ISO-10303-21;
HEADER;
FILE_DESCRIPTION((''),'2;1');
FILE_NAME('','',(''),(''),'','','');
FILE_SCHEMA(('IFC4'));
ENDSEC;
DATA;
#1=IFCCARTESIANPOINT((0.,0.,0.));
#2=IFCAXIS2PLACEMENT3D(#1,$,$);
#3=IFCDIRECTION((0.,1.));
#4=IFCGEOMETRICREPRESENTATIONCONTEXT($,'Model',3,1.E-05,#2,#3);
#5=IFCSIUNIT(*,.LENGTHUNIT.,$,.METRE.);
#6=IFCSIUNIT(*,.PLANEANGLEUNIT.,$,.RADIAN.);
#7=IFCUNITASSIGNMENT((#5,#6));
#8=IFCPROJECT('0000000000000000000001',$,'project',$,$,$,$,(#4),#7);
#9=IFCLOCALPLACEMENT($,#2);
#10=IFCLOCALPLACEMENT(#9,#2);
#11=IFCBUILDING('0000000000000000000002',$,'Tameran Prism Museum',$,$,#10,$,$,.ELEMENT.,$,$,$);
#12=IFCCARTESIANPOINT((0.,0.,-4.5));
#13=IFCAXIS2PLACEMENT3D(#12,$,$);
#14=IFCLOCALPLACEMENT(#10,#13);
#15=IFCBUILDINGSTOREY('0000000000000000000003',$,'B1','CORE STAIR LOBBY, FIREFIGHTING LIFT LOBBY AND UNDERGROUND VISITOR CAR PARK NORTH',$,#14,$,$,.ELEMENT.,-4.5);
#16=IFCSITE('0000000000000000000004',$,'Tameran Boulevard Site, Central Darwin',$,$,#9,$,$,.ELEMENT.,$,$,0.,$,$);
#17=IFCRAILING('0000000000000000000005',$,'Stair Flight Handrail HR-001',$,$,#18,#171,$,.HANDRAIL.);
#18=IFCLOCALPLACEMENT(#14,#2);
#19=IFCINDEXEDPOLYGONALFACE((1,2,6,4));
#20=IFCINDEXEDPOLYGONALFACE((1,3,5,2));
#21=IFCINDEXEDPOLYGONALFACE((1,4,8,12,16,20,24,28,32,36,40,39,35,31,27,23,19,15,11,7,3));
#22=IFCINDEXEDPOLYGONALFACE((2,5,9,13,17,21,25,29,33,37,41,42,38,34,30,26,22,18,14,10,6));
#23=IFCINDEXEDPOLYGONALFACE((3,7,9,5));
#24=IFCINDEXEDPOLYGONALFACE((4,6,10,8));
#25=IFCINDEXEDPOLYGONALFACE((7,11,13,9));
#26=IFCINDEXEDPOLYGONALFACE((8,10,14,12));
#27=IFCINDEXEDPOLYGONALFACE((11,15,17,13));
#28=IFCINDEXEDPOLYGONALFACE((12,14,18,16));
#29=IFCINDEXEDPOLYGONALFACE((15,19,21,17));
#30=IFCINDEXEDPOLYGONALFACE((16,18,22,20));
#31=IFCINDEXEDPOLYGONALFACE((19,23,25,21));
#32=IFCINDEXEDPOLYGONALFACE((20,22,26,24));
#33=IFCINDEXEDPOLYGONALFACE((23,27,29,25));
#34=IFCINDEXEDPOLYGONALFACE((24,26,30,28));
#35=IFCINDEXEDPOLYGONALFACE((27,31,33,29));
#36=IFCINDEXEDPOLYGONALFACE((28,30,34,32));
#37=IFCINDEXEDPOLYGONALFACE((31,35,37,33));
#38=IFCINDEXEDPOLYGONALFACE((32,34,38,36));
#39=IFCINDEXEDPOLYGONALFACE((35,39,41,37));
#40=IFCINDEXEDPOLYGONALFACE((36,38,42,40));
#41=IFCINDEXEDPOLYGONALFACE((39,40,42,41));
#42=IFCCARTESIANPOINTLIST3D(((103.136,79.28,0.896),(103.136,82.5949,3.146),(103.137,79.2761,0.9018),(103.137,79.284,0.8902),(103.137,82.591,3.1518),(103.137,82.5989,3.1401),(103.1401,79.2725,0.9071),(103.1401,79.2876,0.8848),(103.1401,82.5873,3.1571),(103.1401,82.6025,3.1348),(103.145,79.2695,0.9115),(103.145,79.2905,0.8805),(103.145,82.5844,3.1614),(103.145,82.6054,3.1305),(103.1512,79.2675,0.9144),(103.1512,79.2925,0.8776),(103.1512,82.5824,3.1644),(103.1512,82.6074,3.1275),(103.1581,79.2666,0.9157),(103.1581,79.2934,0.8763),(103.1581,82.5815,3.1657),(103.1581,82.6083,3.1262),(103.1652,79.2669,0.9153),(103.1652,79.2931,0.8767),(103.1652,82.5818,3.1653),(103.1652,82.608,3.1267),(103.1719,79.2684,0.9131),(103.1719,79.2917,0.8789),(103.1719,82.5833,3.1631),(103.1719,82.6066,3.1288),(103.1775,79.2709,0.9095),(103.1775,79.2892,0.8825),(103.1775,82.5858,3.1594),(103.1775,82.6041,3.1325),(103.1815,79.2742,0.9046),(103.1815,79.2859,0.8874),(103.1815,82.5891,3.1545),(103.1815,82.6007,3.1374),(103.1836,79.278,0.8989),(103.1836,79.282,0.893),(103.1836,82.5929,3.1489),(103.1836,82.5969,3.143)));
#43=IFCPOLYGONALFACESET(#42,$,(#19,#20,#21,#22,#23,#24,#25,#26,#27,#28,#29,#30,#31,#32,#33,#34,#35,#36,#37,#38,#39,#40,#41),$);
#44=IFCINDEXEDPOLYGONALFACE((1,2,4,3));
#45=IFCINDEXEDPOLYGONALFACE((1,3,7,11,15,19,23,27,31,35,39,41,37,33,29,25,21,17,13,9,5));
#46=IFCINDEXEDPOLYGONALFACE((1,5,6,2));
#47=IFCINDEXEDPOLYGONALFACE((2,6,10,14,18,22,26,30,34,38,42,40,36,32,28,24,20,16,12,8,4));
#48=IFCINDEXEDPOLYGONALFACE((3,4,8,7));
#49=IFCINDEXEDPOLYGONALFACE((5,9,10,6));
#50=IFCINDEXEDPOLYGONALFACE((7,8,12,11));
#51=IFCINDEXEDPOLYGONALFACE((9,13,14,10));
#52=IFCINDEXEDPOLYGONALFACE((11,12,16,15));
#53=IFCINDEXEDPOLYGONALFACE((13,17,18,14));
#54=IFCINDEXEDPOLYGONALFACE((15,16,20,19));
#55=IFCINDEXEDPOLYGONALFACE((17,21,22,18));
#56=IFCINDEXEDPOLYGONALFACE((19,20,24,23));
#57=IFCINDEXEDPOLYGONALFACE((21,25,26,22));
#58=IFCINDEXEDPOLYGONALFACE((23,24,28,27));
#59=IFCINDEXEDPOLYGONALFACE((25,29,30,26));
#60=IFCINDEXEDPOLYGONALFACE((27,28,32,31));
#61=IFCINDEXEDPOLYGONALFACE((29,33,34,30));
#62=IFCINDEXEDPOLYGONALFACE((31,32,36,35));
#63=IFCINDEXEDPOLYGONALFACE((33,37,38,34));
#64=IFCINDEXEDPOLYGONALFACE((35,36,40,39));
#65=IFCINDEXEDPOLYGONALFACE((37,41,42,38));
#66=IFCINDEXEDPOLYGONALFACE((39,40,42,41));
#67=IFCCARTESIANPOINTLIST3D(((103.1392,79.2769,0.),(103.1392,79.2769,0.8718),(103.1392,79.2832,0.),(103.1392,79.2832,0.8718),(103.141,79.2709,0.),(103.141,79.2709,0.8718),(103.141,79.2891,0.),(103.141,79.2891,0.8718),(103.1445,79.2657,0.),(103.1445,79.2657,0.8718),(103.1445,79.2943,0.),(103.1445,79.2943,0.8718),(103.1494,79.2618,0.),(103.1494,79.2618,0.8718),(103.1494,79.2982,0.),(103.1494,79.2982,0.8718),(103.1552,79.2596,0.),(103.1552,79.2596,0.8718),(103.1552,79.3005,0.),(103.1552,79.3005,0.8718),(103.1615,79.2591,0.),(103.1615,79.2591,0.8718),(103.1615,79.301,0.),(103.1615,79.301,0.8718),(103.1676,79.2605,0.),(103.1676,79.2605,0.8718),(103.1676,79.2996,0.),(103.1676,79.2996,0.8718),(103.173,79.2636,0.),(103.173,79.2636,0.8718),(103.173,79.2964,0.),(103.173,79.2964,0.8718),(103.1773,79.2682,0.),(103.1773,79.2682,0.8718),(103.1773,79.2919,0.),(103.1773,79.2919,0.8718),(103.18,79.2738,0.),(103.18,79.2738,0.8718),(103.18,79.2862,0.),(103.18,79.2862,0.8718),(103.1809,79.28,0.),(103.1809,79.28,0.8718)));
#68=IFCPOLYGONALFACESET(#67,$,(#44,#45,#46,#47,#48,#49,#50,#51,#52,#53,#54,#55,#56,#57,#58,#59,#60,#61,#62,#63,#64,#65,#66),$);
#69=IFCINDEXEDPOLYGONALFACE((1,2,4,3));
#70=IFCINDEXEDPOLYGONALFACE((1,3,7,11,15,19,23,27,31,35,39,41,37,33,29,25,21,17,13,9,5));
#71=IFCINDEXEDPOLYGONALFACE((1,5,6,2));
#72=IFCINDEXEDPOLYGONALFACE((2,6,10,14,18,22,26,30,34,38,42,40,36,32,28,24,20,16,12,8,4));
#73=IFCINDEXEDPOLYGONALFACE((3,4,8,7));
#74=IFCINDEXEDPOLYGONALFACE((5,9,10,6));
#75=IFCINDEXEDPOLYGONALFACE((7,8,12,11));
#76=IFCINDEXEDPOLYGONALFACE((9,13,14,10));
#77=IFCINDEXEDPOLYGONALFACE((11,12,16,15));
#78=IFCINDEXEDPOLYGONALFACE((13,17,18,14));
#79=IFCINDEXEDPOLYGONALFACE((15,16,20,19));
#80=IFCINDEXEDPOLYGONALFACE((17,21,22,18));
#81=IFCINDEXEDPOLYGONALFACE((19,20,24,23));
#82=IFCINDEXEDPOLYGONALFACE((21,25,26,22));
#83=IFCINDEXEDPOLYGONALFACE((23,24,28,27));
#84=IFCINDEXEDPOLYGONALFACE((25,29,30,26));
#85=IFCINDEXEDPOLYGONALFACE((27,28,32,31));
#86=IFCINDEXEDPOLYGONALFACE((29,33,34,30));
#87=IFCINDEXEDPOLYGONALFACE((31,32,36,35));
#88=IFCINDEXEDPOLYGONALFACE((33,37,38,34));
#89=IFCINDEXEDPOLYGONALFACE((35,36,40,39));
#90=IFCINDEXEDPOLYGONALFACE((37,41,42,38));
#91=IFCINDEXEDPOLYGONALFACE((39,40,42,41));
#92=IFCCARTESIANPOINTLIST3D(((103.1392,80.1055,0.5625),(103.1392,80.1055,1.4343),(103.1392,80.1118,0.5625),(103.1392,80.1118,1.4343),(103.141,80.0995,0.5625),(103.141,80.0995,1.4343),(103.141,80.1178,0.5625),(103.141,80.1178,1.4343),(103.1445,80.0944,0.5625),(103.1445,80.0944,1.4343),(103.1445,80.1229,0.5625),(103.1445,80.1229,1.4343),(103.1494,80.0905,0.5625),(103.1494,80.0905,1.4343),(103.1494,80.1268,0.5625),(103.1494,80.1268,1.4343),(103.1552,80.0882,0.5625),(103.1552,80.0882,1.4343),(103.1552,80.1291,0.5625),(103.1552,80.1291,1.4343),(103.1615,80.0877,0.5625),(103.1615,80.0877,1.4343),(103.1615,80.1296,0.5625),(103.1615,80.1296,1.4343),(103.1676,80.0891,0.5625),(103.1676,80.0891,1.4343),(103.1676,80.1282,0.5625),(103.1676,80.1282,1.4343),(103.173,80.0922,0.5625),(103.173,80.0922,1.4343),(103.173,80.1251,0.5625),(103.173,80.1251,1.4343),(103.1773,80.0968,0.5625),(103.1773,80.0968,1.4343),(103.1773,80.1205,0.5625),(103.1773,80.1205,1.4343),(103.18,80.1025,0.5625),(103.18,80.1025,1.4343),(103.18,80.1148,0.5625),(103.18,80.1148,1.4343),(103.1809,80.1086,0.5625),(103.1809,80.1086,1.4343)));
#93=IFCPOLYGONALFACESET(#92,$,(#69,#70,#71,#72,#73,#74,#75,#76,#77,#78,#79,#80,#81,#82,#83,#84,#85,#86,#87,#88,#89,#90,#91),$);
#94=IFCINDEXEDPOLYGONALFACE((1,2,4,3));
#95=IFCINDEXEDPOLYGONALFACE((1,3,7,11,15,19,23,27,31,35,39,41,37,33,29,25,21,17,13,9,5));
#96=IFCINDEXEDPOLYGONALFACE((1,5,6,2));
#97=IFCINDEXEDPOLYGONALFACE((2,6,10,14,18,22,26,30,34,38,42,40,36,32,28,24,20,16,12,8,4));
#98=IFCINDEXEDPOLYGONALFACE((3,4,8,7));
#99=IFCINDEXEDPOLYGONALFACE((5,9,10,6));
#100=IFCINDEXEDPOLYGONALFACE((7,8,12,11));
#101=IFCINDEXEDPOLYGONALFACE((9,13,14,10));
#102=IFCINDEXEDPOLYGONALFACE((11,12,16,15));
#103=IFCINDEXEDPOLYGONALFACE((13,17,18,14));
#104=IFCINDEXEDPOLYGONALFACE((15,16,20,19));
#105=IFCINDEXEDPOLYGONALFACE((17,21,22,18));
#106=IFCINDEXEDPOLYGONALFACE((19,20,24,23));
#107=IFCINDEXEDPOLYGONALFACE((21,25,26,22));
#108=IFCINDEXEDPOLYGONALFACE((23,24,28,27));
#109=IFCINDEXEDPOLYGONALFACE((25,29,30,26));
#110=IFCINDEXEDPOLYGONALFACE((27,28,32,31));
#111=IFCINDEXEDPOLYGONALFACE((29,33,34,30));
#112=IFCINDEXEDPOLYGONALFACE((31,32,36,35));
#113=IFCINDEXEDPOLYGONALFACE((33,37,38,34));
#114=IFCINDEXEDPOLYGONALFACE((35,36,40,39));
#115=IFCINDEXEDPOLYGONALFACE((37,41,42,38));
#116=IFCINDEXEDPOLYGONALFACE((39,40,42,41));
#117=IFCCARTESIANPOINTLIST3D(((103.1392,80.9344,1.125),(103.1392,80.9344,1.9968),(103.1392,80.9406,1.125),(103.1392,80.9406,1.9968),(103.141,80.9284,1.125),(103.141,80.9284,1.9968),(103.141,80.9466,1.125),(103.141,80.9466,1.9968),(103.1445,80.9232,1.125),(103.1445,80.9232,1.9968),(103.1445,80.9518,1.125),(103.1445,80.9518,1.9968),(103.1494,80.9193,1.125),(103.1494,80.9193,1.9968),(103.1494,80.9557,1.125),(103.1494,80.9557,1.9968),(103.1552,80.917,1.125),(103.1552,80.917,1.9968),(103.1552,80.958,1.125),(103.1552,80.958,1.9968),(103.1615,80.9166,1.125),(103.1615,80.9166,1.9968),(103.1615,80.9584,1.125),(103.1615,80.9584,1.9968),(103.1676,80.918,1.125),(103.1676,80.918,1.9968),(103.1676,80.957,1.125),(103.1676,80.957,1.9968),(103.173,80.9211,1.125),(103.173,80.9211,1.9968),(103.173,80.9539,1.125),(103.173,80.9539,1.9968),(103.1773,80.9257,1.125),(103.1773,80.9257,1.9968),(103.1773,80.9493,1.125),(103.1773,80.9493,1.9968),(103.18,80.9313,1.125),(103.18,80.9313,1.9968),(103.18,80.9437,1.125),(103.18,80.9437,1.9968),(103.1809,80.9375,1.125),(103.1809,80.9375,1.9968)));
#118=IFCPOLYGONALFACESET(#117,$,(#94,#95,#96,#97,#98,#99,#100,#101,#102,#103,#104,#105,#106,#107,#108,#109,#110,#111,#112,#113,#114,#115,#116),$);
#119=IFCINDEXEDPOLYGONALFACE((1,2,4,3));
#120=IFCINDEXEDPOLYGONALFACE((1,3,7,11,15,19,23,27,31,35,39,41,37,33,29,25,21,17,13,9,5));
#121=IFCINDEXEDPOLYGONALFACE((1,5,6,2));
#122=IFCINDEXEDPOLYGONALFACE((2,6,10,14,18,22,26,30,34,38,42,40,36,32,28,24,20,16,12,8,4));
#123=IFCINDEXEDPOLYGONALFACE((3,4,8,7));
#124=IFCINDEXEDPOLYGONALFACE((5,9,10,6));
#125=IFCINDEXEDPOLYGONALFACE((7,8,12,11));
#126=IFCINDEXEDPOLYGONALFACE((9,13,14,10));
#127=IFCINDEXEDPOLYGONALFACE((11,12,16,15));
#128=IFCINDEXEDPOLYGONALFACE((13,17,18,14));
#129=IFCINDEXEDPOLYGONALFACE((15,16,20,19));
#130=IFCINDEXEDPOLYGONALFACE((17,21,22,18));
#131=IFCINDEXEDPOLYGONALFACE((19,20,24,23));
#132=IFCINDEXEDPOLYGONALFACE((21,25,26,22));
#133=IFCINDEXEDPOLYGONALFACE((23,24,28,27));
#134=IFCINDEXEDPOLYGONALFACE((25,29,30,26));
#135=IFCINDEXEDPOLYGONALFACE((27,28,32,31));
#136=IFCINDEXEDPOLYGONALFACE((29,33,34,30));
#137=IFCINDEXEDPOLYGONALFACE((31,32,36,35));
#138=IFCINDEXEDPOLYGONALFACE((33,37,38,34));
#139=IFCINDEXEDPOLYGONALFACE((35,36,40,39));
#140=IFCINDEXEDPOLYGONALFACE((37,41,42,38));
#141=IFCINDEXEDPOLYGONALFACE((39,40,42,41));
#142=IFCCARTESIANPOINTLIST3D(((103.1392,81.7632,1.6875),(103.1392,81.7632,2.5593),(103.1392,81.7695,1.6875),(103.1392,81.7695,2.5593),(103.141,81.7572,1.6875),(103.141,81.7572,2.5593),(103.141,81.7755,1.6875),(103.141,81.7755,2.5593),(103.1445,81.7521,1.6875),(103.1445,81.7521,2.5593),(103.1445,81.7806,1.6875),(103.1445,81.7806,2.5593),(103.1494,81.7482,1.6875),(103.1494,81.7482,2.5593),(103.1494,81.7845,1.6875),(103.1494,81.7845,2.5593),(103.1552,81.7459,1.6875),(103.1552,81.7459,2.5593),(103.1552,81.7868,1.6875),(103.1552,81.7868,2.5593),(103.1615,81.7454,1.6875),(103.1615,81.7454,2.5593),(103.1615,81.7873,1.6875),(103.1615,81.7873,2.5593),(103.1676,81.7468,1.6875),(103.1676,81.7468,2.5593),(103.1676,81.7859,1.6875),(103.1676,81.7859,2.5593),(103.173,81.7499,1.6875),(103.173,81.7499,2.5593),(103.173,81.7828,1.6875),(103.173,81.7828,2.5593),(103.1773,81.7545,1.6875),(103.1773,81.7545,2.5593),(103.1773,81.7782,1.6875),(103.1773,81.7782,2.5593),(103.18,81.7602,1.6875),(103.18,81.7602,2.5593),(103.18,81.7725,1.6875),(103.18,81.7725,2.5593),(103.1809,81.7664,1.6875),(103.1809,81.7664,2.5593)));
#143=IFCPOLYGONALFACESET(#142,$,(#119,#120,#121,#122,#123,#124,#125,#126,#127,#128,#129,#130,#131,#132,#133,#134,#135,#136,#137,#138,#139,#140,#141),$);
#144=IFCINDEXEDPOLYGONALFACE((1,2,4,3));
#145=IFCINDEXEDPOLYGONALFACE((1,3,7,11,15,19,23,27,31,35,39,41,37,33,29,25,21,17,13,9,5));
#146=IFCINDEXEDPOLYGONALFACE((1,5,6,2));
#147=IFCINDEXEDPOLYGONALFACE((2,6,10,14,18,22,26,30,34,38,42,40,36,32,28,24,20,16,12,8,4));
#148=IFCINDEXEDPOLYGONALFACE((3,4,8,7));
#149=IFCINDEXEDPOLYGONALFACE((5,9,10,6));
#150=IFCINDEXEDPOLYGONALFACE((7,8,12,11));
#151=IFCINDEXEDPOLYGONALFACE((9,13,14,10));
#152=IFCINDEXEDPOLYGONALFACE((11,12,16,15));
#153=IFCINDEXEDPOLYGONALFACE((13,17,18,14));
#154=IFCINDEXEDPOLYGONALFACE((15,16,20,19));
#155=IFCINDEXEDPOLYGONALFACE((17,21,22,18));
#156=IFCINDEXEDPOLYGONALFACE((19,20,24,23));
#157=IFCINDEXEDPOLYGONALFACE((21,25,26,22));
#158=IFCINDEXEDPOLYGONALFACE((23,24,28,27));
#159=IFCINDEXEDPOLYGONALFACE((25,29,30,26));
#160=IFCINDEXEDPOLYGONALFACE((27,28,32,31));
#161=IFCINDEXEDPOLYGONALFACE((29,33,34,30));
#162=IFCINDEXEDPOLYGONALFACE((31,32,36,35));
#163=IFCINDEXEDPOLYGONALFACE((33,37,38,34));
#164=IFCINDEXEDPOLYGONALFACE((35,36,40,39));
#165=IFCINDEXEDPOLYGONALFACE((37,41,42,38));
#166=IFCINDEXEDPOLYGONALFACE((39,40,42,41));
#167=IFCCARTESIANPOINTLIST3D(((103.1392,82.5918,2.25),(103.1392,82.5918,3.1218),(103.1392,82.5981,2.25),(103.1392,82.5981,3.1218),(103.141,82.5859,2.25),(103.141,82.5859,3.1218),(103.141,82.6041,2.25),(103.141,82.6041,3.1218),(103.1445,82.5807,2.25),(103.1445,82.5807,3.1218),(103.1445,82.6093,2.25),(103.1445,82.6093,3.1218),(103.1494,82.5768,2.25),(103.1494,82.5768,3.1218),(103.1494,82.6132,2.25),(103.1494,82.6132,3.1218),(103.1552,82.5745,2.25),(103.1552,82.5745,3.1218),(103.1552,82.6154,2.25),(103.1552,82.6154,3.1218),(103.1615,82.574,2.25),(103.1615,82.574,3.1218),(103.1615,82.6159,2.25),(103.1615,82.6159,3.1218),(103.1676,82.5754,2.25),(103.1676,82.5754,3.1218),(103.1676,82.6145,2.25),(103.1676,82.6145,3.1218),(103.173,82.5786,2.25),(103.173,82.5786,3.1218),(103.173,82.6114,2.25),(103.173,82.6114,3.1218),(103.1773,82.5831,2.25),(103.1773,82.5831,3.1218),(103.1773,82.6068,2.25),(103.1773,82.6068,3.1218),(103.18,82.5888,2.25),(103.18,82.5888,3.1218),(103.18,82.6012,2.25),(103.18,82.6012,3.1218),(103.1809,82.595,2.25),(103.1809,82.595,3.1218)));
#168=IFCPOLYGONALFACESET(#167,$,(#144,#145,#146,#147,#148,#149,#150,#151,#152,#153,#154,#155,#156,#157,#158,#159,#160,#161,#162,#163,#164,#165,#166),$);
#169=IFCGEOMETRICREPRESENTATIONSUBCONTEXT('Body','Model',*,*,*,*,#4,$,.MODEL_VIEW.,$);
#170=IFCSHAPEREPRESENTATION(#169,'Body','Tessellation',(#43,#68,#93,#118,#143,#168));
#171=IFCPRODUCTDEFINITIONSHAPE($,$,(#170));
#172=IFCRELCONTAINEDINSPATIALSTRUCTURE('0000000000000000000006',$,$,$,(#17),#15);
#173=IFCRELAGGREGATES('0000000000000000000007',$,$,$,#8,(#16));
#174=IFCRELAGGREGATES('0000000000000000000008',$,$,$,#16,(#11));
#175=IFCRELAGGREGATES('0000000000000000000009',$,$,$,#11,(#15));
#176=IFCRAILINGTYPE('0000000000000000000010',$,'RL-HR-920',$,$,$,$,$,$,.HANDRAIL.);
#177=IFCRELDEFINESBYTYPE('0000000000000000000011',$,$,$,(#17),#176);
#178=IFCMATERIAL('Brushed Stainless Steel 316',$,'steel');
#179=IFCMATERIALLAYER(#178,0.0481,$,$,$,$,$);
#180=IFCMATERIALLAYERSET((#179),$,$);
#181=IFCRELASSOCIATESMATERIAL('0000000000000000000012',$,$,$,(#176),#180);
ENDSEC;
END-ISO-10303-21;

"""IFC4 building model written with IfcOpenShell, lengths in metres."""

from ifc_helpers import new_model, si_unit, direction, frame, origin, origin_2d, place, context, subcontext, project, spatial, circle, extrude, material, layer, layer_set, type_object, element, save


model = new_model("IFC4")

# Units and contexts
model_context = context("Model", 3, precision=1e-05, world=origin(), true_north=direction((0.0, 1.0)))
body_context = subcontext(model_context, "Body", "Model", "MODEL_VIEW")
ifc_project = project(units=[si_unit("LENGTHUNIT", "METRE"), si_unit("PLANEANGLEUNIT", "RADIAN")], contexts=[model_context])

# Site, building, storey
site_placement = place(None, origin())
site = spatial("IfcSite", under=ifc_project, at=site_placement, Name="Tameran Boulevard Site, Central Darwin", CompositionType="ELEMENT", RefElevation=0.0)
building_placement = place(site_placement, origin())
building = spatial("IfcBuilding", under=site, at=building_placement, Name="Tameran Prism Museum", CompositionType="ELEMENT")
storey_placement = place(building_placement, frame((0.0, 0.0, -4.5)))
storey = spatial("IfcBuildingStorey", under=building, at=storey_placement, Name="B1", Description="CORE STAIR LOBBY, FIREFIGHTING LIFT LOBBY AND UNDERGROUND VISITOR CAR PARK NORTH", CompositionType="ELEMENT", Elevation=-4.5)

# Railing
ifc_material_1 = material(Name="Brushed Stainless Steel 316", Category="steel")
ifc_layer_1 = layer(ifc_material_1, 0.0481)
ifc_layer_set_1 = layer_set([ifc_layer_1])
railing_type_1 = type_object("IfcRailingType", Name="RL-HR-920", PredefinedType="HANDRAIL", material=ifc_layer_set_1)
railing_1_placement = place(storey_placement, frame((103.1599, 79.28, 0.0)))
element("IfcRailing", 1, at=railing_1_placement, inside=storey, type_object=railing_type_1, Name="Stair Flight Handrail HR-001", PredefinedType="HANDRAIL", context=body_context, shape_type="SweptSolid", body=[
    extrude(circle(Radius=0.0239, at=origin_2d()), frame((0.0, 0.0, 0.896), z_axis=(0.0, 0.827409, 0.5616), x_axis=(-1.0, 0.0, 0.0)), (0.0, 0.0, 1.0), 4.0063),
    extrude(circle(Radius=0.021, at=origin_2d()), origin(), (0.0, 0.0, 1.0), 0.8718),
    extrude(circle(Radius=0.021, at=origin_2d()), frame((0.0, 0.8286, 0.5625)), (0.0, 0.0, 1.0), 0.8718),
    extrude(circle(Radius=0.021, at=origin_2d()), frame((0.0, 1.6575, 1.125)), (0.0, 0.0, 1.0), 0.8718),
    extrude(circle(Radius=0.021, at=origin_2d()), frame((0.0, 2.4863, 1.6875)), (0.0, 0.0, 1.0), 0.8718),
    extrude(circle(Radius=0.021, at=origin_2d()), frame((0.0, 3.3149, 2.25)), (0.0, 0.0, 1.0), 0.8718),
])

save(model, "model.ifc")
